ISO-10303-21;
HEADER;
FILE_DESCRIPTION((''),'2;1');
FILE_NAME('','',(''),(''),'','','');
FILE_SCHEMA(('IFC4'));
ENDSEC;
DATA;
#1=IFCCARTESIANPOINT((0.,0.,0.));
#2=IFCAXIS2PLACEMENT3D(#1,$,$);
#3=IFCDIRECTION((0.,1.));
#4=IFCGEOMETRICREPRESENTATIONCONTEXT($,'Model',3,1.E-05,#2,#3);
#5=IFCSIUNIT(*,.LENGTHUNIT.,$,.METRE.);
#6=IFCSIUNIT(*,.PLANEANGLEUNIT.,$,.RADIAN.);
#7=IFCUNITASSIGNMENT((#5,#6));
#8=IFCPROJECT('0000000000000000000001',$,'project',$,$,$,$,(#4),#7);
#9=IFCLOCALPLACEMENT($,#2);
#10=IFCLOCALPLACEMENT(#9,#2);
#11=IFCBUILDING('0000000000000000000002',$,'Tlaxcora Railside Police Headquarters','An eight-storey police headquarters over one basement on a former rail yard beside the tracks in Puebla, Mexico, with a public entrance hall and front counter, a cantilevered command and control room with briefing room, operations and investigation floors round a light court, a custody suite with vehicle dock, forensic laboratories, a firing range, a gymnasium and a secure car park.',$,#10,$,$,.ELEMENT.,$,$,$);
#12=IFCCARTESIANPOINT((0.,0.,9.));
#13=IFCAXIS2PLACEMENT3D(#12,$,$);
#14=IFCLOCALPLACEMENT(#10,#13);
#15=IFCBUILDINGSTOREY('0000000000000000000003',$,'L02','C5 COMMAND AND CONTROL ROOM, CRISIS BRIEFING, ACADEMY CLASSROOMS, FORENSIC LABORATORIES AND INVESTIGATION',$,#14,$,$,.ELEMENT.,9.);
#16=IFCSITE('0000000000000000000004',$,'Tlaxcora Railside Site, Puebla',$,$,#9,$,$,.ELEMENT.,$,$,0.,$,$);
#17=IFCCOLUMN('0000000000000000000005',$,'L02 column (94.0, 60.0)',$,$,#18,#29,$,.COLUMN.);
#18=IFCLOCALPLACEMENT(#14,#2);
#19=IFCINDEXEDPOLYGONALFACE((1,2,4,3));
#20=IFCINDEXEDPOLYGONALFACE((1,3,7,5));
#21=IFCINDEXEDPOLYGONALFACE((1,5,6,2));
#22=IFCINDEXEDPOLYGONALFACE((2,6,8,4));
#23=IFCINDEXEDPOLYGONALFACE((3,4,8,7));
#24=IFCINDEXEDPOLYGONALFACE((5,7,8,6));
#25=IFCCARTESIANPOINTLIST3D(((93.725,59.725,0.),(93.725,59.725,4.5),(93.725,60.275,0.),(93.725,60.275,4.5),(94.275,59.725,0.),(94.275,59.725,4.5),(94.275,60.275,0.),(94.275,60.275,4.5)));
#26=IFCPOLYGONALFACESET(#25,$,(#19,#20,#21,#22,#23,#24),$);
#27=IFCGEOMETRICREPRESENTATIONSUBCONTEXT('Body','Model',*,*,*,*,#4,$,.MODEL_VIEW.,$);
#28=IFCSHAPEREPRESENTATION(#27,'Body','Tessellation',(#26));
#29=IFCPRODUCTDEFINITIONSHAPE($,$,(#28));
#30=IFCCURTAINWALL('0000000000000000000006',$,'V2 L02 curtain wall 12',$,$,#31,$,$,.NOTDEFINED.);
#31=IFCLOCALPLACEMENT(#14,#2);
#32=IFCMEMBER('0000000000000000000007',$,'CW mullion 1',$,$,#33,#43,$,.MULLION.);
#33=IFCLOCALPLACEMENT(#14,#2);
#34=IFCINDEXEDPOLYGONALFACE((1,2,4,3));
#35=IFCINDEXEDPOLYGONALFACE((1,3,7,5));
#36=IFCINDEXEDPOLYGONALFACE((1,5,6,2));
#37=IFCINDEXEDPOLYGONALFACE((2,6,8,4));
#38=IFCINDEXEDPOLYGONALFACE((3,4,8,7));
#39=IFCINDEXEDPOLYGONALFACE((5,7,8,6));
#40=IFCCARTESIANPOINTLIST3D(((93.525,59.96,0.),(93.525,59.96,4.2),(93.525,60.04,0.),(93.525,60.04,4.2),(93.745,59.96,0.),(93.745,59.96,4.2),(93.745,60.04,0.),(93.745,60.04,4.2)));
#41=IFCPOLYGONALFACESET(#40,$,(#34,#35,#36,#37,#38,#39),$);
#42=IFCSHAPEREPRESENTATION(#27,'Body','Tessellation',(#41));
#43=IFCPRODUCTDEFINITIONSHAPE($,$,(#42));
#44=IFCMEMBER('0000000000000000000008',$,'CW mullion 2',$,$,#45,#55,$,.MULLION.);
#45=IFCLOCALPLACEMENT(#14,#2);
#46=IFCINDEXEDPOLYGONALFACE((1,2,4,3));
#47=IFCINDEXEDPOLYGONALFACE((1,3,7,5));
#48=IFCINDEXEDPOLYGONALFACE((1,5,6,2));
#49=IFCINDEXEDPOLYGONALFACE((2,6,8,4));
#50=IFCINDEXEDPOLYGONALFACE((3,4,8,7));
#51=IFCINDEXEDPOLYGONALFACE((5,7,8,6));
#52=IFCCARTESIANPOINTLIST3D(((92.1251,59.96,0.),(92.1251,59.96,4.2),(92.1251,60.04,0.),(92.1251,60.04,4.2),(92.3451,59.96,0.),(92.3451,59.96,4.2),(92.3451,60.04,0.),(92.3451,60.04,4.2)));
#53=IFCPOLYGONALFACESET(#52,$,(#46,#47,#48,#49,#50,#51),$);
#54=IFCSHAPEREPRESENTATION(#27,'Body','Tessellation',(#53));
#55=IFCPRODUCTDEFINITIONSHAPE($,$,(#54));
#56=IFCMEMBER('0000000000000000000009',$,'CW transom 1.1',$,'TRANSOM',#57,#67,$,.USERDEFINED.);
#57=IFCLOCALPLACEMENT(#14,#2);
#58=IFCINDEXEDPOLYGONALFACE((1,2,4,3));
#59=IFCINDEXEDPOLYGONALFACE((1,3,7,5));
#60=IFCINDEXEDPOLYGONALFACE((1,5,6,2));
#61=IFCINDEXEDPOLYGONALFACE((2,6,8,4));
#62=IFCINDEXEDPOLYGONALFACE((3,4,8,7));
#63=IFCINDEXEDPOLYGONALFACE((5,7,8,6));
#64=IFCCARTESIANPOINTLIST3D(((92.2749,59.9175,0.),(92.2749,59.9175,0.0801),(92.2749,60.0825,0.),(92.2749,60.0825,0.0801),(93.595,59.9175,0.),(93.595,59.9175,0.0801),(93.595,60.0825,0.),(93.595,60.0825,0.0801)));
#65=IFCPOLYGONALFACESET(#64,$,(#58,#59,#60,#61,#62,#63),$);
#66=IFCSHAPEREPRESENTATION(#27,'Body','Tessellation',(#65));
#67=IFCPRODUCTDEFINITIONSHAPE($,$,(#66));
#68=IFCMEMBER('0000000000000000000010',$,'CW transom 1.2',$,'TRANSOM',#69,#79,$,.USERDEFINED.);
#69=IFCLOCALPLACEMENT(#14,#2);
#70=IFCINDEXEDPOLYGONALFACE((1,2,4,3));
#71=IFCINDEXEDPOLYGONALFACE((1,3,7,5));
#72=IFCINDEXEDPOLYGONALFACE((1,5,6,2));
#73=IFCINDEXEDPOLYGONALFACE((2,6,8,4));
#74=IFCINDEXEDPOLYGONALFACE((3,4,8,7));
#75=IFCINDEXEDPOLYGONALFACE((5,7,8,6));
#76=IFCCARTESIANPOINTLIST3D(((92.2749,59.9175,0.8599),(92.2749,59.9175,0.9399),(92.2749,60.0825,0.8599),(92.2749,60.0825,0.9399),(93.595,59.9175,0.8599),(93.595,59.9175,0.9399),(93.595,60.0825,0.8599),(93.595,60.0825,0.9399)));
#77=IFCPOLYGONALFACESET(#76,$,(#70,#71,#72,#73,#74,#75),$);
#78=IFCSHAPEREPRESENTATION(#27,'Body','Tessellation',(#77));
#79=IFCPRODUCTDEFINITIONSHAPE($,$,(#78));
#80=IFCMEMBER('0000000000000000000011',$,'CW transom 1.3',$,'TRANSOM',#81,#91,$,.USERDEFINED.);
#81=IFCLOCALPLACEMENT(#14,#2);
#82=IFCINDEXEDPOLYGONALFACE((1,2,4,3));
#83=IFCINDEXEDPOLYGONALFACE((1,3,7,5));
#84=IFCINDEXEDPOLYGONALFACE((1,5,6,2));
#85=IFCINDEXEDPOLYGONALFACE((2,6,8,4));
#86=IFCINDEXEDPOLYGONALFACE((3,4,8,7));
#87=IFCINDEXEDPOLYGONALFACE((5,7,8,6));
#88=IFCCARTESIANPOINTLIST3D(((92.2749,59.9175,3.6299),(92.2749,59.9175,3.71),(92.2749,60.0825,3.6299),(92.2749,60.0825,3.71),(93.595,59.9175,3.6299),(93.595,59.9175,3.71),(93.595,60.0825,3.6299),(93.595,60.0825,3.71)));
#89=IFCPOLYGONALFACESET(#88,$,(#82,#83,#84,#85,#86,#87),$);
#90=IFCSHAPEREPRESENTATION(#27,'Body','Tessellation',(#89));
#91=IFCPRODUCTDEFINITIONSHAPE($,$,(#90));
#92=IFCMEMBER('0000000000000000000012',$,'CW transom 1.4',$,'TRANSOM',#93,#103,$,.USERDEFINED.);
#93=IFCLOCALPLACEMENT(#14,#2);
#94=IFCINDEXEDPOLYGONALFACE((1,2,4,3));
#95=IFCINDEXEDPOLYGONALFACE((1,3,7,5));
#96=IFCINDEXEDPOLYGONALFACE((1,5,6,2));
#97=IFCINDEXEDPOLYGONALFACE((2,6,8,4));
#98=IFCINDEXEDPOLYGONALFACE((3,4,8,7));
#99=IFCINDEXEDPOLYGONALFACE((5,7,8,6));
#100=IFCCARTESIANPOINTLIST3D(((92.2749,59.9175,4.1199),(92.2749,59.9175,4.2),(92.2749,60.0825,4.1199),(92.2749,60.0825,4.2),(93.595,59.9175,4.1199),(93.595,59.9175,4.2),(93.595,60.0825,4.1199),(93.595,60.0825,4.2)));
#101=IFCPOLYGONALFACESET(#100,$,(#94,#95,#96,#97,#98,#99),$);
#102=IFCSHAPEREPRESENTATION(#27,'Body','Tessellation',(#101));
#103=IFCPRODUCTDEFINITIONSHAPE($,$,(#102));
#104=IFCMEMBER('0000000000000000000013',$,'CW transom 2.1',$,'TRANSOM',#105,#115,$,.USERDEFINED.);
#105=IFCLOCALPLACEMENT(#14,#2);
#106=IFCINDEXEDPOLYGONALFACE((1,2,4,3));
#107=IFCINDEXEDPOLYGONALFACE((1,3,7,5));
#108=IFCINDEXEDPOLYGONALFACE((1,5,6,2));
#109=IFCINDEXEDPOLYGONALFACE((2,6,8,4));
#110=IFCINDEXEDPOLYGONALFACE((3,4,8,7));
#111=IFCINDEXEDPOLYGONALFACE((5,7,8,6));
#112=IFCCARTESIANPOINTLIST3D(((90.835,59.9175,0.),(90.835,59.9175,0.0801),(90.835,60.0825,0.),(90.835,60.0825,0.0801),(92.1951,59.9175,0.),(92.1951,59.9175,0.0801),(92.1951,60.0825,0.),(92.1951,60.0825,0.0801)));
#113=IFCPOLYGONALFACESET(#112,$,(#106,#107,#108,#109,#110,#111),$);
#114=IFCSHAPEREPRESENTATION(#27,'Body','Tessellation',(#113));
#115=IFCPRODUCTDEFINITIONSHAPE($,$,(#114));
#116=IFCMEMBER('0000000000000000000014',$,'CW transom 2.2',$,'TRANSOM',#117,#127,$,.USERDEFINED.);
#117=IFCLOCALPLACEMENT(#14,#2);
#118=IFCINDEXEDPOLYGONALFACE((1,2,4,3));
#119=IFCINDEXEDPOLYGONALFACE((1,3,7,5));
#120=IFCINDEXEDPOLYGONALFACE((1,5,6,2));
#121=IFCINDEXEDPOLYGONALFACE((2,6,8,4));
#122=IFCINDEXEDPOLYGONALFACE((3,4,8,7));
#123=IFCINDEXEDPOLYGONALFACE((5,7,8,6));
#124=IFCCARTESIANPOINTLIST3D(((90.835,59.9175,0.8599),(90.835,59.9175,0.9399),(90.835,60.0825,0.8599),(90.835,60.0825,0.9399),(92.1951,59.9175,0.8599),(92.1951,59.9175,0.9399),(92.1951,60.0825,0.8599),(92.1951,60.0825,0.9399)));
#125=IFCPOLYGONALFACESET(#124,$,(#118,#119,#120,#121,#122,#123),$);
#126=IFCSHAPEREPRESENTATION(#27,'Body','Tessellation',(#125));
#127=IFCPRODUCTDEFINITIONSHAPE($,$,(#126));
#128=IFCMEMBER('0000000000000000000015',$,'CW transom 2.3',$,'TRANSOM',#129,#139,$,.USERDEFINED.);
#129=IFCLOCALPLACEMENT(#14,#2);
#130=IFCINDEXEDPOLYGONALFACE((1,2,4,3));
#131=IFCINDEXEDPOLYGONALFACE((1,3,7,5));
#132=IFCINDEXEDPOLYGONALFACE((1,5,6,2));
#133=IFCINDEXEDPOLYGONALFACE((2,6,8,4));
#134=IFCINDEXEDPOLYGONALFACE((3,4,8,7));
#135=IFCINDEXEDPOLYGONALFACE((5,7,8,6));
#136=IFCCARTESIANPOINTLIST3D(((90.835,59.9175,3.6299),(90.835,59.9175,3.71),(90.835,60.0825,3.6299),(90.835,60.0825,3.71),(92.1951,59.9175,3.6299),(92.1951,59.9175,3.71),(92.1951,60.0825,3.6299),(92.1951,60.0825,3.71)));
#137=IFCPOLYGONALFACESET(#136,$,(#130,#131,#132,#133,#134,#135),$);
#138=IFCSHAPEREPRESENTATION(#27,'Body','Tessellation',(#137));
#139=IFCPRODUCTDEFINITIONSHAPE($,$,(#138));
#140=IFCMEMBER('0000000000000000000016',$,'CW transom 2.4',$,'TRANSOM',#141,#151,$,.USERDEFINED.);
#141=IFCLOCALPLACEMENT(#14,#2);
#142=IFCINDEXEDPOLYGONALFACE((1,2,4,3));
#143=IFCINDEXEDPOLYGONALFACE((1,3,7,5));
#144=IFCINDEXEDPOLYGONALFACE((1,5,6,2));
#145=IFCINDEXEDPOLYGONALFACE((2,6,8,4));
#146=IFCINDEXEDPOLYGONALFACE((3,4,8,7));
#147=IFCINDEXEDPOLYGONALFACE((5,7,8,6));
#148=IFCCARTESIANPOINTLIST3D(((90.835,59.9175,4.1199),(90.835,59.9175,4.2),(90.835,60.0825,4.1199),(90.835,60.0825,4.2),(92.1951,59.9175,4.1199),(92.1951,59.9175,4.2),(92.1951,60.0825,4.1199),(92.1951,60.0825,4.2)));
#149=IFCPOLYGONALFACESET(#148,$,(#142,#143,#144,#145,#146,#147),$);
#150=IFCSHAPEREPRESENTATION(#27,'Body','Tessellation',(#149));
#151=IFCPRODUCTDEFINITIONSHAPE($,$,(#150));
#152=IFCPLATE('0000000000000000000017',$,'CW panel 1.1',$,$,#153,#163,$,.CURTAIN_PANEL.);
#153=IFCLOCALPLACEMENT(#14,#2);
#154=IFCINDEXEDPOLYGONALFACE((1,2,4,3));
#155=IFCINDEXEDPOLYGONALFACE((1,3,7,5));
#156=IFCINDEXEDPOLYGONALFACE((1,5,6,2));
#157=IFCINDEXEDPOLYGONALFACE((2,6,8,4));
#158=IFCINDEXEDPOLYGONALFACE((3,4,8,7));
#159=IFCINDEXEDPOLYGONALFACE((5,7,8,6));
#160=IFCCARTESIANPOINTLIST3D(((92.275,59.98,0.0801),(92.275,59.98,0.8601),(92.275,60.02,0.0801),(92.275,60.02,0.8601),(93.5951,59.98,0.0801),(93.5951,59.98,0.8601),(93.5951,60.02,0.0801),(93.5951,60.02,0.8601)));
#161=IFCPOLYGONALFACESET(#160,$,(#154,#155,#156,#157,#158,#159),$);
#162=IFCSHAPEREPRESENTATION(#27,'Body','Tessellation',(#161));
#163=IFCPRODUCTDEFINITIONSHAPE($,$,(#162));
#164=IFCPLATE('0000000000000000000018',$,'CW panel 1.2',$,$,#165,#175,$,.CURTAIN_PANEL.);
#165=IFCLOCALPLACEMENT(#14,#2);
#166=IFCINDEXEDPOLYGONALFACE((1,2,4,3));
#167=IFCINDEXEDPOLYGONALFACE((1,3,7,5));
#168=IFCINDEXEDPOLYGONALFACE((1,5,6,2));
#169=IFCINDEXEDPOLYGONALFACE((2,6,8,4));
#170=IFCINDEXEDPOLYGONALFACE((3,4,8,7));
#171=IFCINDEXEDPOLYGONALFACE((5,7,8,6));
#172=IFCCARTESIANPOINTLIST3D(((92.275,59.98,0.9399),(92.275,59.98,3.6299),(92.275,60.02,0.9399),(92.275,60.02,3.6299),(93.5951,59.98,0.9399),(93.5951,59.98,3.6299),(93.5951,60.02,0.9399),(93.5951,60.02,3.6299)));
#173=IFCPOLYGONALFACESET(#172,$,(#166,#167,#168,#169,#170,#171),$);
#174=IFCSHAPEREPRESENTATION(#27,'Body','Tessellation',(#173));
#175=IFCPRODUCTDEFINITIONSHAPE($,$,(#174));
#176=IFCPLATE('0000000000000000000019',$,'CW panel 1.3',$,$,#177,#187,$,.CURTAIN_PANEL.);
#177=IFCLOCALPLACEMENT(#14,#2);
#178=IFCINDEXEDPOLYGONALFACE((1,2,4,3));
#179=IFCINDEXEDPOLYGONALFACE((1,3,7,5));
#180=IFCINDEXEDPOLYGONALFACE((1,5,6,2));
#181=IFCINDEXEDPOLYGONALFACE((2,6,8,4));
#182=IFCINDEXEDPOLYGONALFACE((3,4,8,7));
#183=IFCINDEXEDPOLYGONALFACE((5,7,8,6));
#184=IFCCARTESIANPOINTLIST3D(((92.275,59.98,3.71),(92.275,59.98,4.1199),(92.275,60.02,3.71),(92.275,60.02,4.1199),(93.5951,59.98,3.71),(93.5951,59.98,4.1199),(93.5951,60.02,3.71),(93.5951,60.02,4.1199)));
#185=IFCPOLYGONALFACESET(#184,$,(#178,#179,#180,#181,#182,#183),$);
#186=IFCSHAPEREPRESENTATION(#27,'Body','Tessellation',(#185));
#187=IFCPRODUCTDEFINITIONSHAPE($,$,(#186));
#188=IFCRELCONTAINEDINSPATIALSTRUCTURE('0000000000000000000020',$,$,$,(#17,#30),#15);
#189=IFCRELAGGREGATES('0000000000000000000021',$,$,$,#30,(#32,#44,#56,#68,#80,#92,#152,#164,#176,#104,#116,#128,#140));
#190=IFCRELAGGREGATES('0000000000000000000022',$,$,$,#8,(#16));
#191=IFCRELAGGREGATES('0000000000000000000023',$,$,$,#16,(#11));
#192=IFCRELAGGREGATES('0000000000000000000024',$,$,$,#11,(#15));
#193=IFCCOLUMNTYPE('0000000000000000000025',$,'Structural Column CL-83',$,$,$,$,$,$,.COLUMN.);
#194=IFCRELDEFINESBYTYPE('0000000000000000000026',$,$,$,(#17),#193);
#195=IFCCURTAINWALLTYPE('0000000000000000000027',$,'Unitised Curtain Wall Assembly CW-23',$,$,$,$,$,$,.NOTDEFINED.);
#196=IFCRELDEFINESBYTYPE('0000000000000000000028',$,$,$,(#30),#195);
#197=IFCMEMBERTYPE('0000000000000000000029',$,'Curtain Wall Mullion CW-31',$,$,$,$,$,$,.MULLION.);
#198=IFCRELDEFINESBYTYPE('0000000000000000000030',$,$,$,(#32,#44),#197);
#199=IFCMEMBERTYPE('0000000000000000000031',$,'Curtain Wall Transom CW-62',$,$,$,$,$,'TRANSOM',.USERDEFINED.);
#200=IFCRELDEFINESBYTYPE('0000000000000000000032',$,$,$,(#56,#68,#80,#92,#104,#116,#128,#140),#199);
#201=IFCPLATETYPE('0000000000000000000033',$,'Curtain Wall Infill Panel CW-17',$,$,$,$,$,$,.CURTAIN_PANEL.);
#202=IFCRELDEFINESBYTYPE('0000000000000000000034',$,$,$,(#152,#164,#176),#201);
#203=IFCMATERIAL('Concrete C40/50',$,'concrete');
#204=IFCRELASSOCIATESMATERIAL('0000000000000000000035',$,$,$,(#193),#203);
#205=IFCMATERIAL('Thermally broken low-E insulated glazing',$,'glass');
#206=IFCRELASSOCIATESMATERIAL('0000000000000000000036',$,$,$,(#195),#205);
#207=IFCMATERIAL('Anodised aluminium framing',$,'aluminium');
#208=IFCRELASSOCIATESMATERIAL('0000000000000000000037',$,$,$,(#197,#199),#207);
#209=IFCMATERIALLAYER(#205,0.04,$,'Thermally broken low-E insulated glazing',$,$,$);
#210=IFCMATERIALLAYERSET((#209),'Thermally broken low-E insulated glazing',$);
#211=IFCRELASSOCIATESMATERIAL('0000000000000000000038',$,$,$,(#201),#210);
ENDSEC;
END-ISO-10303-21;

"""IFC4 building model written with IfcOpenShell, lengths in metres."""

from ifc_helpers import new_model, si_unit, direction, frame, origin, origin_2d, place, context, subcontext, project, spatial, rectangle, extrude, material, layer, layer_set, material_profile, profile_set, type_object, element, aggregate, save


model = new_model("IFC4")

# Units and contexts
model_context = context("Model", 3, precision=1e-05, world=origin(), true_north=direction((0.0, 1.0)))
body_context = subcontext(model_context, "Body", "Model", "MODEL_VIEW")
ifc_project = project(units=[si_unit("LENGTHUNIT", "METRE"), si_unit("PLANEANGLEUNIT", "RADIAN")], contexts=[model_context])

# Site, building, storey
site_placement = place(None, origin())
site = spatial("IfcSite", under=ifc_project, at=site_placement, Name="Tlaxcora Railside Site, Puebla", CompositionType="ELEMENT", RefElevation=0.0)
building_placement = place(site_placement, origin())
building = spatial("IfcBuilding", under=site, at=building_placement, Name="Tlaxcora Railside Police Headquarters", Description="An eight-storey police headquarters over one basement on a former rail yard beside the tracks in Puebla, Mexico, with a public entrance hall and front counter, a cantilevered command and control room with briefing room, operations and investigation floors round a light court, a custody suite with vehicle dock, forensic laboratories, a firing range, a gymnasium and a secure car park.", CompositionType="ELEMENT")
storey_placement = place(building_placement, frame((0.0, 0.0, 9.0)))
storey = spatial("IfcBuildingStorey", under=building, at=storey_placement, Name="L02", Description="C5 COMMAND AND CONTROL ROOM, CRISIS BRIEFING, ACADEMY CLASSROOMS, FORENSIC LABORATORIES AND INVESTIGATION", CompositionType="ELEMENT", Elevation=9.0)

# Column
ifc_material_1 = material(Name="Concrete C40/50", Category="concrete")
ifc_material_profile_1 = material_profile(ifc_material_1, rectangle(XDim=0.55, YDim=0.55, at=origin_2d()), Name="RC550X550")
ifc_profile_set_1 = profile_set([ifc_material_profile_1], Name="Concrete C40/50")
column_type = type_object("IfcColumnType", Name="Structural Column CL-83", PredefinedType="COLUMN", material=ifc_profile_set_1)
column_placement = place(storey_placement, frame((94.0, 60.0, 0.0), z_axis=(0.0, 0.0, 1.0), x_axis=(1.0, 0.0, 0.0)))
element("IfcColumn", 1, at=column_placement, inside=storey, type_object=column_type, Name="L02 column (94.0, 60.0)", PredefinedType="COLUMN", context=body_context, shape_type="SweptSolid", body=[
    extrude(rectangle(XDim=0.55, YDim=0.55, at=origin_2d()), origin(), (0.0, 0.0, 1.0), 4.5),
])

# Curtain wall, members, plates
ifc_material_2 = material(Name="Thermally broken low-E insulated glazing", Category="glass")
curtain_wall_type = type_object("IfcCurtainWallType", Name="Unitised Curtain Wall Assembly CW-23", PredefinedType="NOTDEFINED", material=ifc_material_2)
curtain_wall_placement = place(storey_placement, origin())
curtain_wall = element("IfcCurtainWall", 2, at=curtain_wall_placement, inside=storey, type_object=curtain_wall_type, Name="V2 L02 curtain wall 12", PredefinedType="NOTDEFINED")
ifc_material_3 = material(Name="Anodised aluminium framing", Category="aluminium")
ifc_material_profile_2 = material_profile(ifc_material_3, rectangle(XDim=0.0801, YDim=0.22, at=origin_2d()), Name="AL80X220")
ifc_profile_set_2 = profile_set([ifc_material_profile_2], Name="Anodised aluminium framing")
member_type_1 = type_object("IfcMemberType", Name="Curtain Wall Mullion CW-31", PredefinedType="MULLION", material=ifc_profile_set_2)
member_1_placement = place(storey_placement, frame((93.635, 60.0, 0.0), z_axis=(0.0, 0.0, 1.0), x_axis=(0.0, -1.0, 0.0)))
member_1 = element("IfcMember", 3, at=member_1_placement, type_object=member_type_1, Name="CW mullion 1", PredefinedType="MULLION", context=body_context, shape_type="SweptSolid", body=[
    extrude(rectangle(XDim=0.0801, YDim=0.22, at=origin_2d()), origin(), (0.0, 0.0, 1.0), 4.2),
])
member_2_placement = place(storey_placement, frame((92.2351, 60.0, 0.0), z_axis=(0.0, 0.0, 1.0), x_axis=(0.0, -1.0, 0.0)))
member_2 = element("IfcMember", 4, at=member_2_placement, type_object=member_type_1, Name="CW mullion 2", PredefinedType="MULLION", context=body_context, shape_type="SweptSolid", body=[
    extrude(rectangle(XDim=0.0801, YDim=0.22, at=origin_2d()), origin(), (0.0, 0.0, 1.0), 4.2),
])
ifc_material_profile_3 = material_profile(ifc_material_3, rectangle(XDim=0.165, YDim=0.0801, at=origin_2d()), Name="AL80X165")
ifc_profile_set_3 = profile_set([ifc_material_profile_3], Name="Anodised aluminium framing")
member_type_2 = type_object("IfcMemberType", Name="Curtain Wall Transom CW-62", ElementType="TRANSOM", PredefinedType="USERDEFINED", material=ifc_profile_set_3)
member_3_placement = place(storey_placement, frame((93.595, 60.0, 0.04), z_axis=(-1.0, 0.0, 0.0), x_axis=(0.0, -1.0, 0.0)))
member_3 = element("IfcMember", 5, at=member_3_placement, type_object=member_type_2, Name="CW transom 1.1", ObjectType="TRANSOM", PredefinedType="USERDEFINED", context=body_context, shape_type="SweptSolid", body=[
    extrude(rectangle(XDim=0.165, YDim=0.0801, at=origin_2d()), origin(), (0.0, 0.0, 1.0), 1.3201),
])
member_4_placement = place(storey_placement, frame((93.595, 60.0, 0.8999), z_axis=(-1.0, 0.0, 0.0), x_axis=(0.0, -1.0, 0.0)))
member_4 = element("IfcMember", 6, at=member_4_placement, type_object=member_type_2, Name="CW transom 1.2", ObjectType="TRANSOM", PredefinedType="USERDEFINED", context=body_context, shape_type="SweptSolid", body=[
    extrude(rectangle(XDim=0.165, YDim=0.0801, at=origin_2d()), origin(), (0.0, 0.0, 1.0), 1.3201),
])
member_5_placement = place(storey_placement, frame((93.595, 60.0, 3.6699), z_axis=(-1.0, 0.0, 0.0), x_axis=(0.0, -1.0, 0.0)))
member_5 = element("IfcMember", 7, at=member_5_placement, type_object=member_type_2, Name="CW transom 1.3", ObjectType="TRANSOM", PredefinedType="USERDEFINED", context=body_context, shape_type="SweptSolid", body=[
    extrude(rectangle(XDim=0.165, YDim=0.0801, at=origin_2d()), origin(), (0.0, 0.0, 1.0), 1.3201),
])
member_6_placement = place(storey_placement, frame((93.595, 60.0, 4.1599), z_axis=(-1.0, 0.0, 0.0), x_axis=(0.0, -1.0, 0.0)))
member_6 = element("IfcMember", 8, at=member_6_placement, type_object=member_type_2, Name="CW transom 1.4", ObjectType="TRANSOM", PredefinedType="USERDEFINED", context=body_context, shape_type="SweptSolid", body=[
    extrude(rectangle(XDim=0.165, YDim=0.0801, at=origin_2d()), origin(), (0.0, 0.0, 1.0), 1.3201),
])
member_7_placement = place(storey_placement, frame((92.1951, 60.0, 0.04), z_axis=(-1.0, 0.0, 0.0), x_axis=(0.0, -1.0, 0.0)))
member_7 = element("IfcMember", 9, at=member_7_placement, type_object=member_type_2, Name="CW transom 2.1", ObjectType="TRANSOM", PredefinedType="USERDEFINED", context=body_context, shape_type="SweptSolid", body=[
    extrude(rectangle(XDim=0.165, YDim=0.0801, at=origin_2d()), origin(), (0.0, 0.0, 1.0), 1.3601),
])
member_8_placement = place(storey_placement, frame((92.1951, 60.0, 0.8999), z_axis=(-1.0, 0.0, 0.0), x_axis=(0.0, -1.0, 0.0)))
member_8 = element("IfcMember", 10, at=member_8_placement, type_object=member_type_2, Name="CW transom 2.2", ObjectType="TRANSOM", PredefinedType="USERDEFINED", context=body_context, shape_type="SweptSolid", body=[
    extrude(rectangle(XDim=0.165, YDim=0.0801, at=origin_2d()), origin(), (0.0, 0.0, 1.0), 1.3601),
])
member_9_placement = place(storey_placement, frame((92.1951, 60.0, 3.6699), z_axis=(-1.0, 0.0, 0.0), x_axis=(0.0, -1.0, 0.0)))
member_9 = element("IfcMember", 11, at=member_9_placement, type_object=member_type_2, Name="CW transom 2.3", ObjectType="TRANSOM", PredefinedType="USERDEFINED", context=body_context, shape_type="SweptSolid", body=[
    extrude(rectangle(XDim=0.165, YDim=0.0801, at=origin_2d()), origin(), (0.0, 0.0, 1.0), 1.3601),
])
member_10_placement = place(storey_placement, frame((92.1951, 60.0, 4.1599), z_axis=(-1.0, 0.0, 0.0), x_axis=(0.0, -1.0, 0.0)))
member_10 = element("IfcMember", 12, at=member_10_placement, type_object=member_type_2, Name="CW transom 2.4", ObjectType="TRANSOM", PredefinedType="USERDEFINED", context=body_context, shape_type="SweptSolid", body=[
    extrude(rectangle(XDim=0.165, YDim=0.0801, at=origin_2d()), origin(), (0.0, 0.0, 1.0), 1.3601),
])
ifc_layer_1 = layer(ifc_material_2, 0.04, Name="Thermally broken low-E insulated glazing")
ifc_layer_set_1 = layer_set([ifc_layer_1], Name="Thermally broken low-E insulated glazing")
plate_type = type_object("IfcPlateType", Name="Curtain Wall Infill Panel CW-17", PredefinedType="CURTAIN_PANEL", material=ifc_layer_set_1)
plate_1_placement = place(storey_placement, frame((92.9351, 60.0, 0.0801), z_axis=(0.0, 0.0, 1.0), x_axis=(-1.0, 0.0, 0.0)))
plate_1 = element("IfcPlate", 13, at=plate_1_placement, type_object=plate_type, Name="CW panel 1.1", PredefinedType="CURTAIN_PANEL", context=body_context, shape_type="SweptSolid", body=[
    extrude(rectangle(XDim=1.3201, YDim=0.04, at=origin_2d()), origin(), (0.0, 0.0, 1.0), 0.78),
])
plate_2_placement = place(storey_placement, frame((92.9351, 60.0, 0.9399), z_axis=(0.0, 0.0, 1.0), x_axis=(-1.0, 0.0, 0.0)))
plate_2 = element("IfcPlate", 14, at=plate_2_placement, type_object=plate_type, Name="CW panel 1.2", PredefinedType="CURTAIN_PANEL", context=body_context, shape_type="SweptSolid", body=[
    extrude(rectangle(XDim=1.3201, YDim=0.04, at=origin_2d()), origin(), (0.0, 0.0, 1.0), 2.6899),
])
plate_3_placement = place(storey_placement, frame((92.9351, 60.0, 3.71), z_axis=(0.0, 0.0, 1.0), x_axis=(-1.0, 0.0, 0.0)))
plate_3 = element("IfcPlate", 15, at=plate_3_placement, type_object=plate_type, Name="CW panel 1.3", PredefinedType="CURTAIN_PANEL", context=body_context, shape_type="SweptSolid", body=[
    extrude(rectangle(XDim=1.3201, YDim=0.04, at=origin_2d()), origin(), (0.0, 0.0, 1.0), 0.4099),
])
aggregate(curtain_wall, [member_1, member_2, member_3, member_4, member_5, member_6, plate_1, plate_2, plate_3, member_7, member_8, member_9, member_10])

save(model, "model.ifc")
